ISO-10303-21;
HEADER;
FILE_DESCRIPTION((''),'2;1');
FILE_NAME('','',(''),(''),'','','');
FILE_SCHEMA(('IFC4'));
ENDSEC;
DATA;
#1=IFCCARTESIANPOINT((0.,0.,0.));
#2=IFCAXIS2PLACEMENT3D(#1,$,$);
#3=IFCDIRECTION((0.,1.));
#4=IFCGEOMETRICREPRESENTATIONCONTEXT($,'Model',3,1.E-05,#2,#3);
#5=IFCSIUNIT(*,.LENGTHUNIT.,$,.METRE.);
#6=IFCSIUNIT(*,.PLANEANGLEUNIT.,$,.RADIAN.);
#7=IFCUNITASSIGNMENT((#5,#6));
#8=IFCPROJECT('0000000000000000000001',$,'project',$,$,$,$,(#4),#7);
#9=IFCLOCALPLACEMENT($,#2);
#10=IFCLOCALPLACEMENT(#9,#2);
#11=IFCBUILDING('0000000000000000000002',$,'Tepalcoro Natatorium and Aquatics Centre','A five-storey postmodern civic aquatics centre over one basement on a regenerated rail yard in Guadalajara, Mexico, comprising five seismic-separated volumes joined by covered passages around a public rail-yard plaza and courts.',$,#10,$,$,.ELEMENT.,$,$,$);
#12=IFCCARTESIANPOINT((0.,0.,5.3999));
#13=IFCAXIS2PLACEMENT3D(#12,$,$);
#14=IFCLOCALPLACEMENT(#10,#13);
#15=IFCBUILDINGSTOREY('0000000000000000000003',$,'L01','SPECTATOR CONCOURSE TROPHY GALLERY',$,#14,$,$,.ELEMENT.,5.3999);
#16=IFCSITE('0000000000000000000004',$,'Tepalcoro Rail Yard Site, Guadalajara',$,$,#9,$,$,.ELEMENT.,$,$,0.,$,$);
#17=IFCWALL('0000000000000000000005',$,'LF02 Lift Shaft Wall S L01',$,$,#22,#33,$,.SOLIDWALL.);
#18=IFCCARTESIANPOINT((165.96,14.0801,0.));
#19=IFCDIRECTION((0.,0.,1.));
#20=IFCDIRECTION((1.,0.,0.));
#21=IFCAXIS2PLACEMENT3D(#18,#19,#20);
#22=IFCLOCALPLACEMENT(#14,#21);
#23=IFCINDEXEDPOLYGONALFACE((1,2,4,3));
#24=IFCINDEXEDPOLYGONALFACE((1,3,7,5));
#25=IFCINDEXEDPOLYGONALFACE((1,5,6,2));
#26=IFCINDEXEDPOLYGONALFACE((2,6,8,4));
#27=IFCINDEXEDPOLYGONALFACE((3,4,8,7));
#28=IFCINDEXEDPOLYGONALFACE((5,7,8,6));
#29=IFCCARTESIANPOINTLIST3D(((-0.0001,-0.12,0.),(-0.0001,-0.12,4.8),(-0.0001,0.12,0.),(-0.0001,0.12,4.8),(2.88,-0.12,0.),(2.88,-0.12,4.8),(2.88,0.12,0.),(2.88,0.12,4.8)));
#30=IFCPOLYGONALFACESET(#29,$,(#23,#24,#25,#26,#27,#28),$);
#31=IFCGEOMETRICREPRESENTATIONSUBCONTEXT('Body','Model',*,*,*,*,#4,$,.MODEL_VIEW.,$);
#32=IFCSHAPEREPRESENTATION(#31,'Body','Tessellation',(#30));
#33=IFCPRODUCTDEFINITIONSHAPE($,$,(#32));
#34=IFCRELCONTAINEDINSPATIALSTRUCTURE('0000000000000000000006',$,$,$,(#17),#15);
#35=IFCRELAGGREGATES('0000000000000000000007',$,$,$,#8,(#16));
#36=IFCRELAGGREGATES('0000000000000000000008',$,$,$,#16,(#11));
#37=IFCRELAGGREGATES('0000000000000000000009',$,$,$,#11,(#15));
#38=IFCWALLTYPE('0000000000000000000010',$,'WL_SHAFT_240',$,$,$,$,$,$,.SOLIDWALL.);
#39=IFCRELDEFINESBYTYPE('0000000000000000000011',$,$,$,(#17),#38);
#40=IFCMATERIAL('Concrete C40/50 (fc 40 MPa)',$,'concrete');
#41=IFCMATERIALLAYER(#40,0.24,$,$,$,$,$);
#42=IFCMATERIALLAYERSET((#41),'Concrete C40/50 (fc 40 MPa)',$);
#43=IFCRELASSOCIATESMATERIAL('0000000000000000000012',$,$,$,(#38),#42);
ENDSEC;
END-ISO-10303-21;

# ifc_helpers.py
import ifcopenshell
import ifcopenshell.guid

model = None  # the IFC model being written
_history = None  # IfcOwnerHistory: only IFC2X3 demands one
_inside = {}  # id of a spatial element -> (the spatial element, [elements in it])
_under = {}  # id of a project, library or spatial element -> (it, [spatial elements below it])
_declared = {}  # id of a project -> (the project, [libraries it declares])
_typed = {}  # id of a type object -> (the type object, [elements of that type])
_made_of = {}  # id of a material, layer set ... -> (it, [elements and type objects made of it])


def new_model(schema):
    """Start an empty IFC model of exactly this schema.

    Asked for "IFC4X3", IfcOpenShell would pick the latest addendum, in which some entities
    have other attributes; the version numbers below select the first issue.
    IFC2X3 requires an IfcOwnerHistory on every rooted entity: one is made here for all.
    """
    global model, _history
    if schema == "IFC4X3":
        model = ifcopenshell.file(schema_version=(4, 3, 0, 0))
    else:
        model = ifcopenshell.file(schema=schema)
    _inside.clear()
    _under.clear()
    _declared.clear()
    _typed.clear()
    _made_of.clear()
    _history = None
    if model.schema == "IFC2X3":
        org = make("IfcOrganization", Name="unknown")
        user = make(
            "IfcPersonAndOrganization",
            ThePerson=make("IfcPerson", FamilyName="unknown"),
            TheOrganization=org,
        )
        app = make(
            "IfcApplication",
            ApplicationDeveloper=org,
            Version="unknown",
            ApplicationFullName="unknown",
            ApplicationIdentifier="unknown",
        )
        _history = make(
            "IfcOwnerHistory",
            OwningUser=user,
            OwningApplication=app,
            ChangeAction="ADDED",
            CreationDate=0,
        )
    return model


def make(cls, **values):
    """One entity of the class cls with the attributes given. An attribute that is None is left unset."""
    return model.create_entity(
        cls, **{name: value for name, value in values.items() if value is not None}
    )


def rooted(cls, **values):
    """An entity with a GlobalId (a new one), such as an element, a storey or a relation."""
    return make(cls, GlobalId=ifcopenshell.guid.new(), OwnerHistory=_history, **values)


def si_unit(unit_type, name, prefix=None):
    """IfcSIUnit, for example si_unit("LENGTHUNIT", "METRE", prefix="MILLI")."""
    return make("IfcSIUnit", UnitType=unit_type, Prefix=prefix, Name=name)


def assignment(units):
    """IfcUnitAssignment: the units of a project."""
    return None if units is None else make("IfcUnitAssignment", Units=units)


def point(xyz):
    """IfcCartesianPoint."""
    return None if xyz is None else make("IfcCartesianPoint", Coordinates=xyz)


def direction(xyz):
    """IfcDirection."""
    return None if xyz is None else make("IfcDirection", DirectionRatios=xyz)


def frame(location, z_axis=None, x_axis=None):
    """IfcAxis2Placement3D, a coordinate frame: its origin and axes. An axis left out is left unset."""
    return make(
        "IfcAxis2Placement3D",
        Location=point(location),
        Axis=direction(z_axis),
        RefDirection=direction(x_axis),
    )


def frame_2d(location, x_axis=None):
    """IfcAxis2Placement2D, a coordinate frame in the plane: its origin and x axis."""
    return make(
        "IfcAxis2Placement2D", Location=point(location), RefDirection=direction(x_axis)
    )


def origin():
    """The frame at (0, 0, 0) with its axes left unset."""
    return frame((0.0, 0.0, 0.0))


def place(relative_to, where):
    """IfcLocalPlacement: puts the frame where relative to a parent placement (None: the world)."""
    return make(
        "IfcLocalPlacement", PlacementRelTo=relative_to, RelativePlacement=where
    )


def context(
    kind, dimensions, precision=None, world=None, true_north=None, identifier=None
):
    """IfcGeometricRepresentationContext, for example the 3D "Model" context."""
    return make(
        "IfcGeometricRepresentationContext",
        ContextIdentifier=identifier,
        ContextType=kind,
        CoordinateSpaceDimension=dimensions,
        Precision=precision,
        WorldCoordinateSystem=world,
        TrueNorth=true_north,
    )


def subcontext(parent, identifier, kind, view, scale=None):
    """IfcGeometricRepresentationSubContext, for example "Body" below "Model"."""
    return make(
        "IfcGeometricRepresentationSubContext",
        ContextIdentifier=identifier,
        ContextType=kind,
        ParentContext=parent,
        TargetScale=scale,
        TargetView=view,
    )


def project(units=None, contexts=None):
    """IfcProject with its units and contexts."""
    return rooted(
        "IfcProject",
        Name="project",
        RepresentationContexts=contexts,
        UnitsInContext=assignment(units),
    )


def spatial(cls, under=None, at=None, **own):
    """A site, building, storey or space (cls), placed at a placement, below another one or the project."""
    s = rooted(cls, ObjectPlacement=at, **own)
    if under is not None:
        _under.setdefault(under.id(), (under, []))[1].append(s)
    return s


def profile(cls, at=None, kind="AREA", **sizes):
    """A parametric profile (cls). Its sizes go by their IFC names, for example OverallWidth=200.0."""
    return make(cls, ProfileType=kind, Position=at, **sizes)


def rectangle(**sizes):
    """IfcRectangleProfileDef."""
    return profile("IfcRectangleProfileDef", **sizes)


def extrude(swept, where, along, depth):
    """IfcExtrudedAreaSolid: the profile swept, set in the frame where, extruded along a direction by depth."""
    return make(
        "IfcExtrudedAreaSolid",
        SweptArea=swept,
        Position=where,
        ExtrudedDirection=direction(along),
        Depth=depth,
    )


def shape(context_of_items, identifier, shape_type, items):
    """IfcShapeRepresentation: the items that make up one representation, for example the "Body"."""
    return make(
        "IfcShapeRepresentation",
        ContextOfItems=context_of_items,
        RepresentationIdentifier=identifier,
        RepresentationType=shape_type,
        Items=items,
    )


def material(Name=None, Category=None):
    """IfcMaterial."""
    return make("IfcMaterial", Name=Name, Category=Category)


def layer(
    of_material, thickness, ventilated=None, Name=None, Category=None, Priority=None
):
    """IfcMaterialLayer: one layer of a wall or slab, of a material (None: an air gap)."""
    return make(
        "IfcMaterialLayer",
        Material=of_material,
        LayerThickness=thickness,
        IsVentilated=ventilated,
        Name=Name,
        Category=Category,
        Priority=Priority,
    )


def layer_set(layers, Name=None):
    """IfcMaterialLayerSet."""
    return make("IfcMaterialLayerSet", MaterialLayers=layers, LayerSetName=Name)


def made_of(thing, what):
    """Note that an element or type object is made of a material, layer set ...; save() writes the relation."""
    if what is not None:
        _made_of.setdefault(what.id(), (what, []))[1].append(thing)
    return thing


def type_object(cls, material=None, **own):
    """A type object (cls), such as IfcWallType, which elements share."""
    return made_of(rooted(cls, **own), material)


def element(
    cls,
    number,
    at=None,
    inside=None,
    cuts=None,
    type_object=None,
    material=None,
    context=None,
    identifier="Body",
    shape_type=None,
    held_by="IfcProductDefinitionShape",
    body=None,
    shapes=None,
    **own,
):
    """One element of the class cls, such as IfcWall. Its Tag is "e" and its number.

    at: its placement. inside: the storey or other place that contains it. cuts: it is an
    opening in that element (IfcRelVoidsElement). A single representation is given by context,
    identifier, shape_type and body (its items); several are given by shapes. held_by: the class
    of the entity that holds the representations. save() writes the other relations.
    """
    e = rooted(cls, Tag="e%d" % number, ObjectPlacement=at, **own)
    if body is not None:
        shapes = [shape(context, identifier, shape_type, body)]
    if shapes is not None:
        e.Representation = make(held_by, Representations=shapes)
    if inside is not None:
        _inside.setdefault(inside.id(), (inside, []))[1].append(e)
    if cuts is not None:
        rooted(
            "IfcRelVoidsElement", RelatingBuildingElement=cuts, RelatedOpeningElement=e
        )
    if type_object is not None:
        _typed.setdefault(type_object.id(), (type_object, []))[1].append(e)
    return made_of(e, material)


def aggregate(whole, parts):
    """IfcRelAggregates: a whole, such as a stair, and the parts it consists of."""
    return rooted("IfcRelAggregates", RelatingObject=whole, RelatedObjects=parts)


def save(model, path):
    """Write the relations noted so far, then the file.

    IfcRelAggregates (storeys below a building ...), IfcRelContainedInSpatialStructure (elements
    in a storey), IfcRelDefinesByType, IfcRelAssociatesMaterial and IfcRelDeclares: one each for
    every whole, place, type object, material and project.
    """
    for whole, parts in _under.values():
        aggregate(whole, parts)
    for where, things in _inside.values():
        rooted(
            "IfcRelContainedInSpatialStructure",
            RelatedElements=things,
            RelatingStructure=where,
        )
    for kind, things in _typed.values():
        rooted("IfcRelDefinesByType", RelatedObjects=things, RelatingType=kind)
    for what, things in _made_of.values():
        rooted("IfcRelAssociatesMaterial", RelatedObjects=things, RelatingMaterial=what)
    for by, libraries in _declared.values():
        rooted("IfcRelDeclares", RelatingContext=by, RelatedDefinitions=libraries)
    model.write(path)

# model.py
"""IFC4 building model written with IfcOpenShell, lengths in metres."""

from ifc_helpers import new_model, si_unit, direction, frame, frame_2d, origin, place, context, subcontext, project, spatial, rectangle, extrude, material, layer, layer_set, type_object, element, save


model = new_model("IFC4")

# Units and contexts
model_context = context("Model", 3, precision=1e-05, world=origin(), true_north=direction((0.0, 1.0)))
body_context = subcontext(model_context, "Body", "Model", "MODEL_VIEW")
ifc_project = project(units=[si_unit("LENGTHUNIT", "METRE"), si_unit("PLANEANGLEUNIT", "RADIAN")], contexts=[model_context])

# Site, building, storey
site_placement = place(None, origin())
site = spatial("IfcSite", under=ifc_project, at=site_placement, Name="Tepalcoro Rail Yard Site, Guadalajara", CompositionType="ELEMENT", RefElevation=0.0)
building_placement = place(site_placement, origin())
building = spatial("IfcBuilding", under=site, at=building_placement, Name="Tepalcoro Natatorium and Aquatics Centre", Description="A five-storey postmodern civic aquatics centre over one basement on a regenerated rail yard in Guadalajara, Mexico, comprising five seismic-separated volumes joined by covered passages around a public rail-yard plaza and courts.", CompositionType="ELEMENT")
storey_placement = place(building_placement, frame((0.0, 0.0, 5.3999)))
storey = spatial("IfcBuildingStorey", under=building, at=storey_placement, Name="L01", Description="SPECTATOR CONCOURSE TROPHY GALLERY", CompositionType="ELEMENT", Elevation=5.3999)

# Shared definitions
ifc_material_1 = material(Name="Concrete C40/50 (fc 40 MPa)", Category="concrete")

# Wall
ifc_layer_1 = layer(ifc_material_1, 0.24)
ifc_layer_set_1 = layer_set([ifc_layer_1], Name="Concrete C40/50 (fc 40 MPa)")
wall_type_1 = type_object("IfcWallType", Name="WL_SHAFT_240", PredefinedType="SOLIDWALL", material=ifc_layer_set_1)
wall_1_placement = place(storey_placement, frame((165.96, 14.0801, 0.0), z_axis=(0.0, 0.0, 1.0), x_axis=(1.0, 0.0, 0.0)))
element("IfcWall", 1, at=wall_1_placement, inside=storey, type_object=wall_type_1, Name="LF02 Lift Shaft Wall S L01", PredefinedType="SOLIDWALL", context=body_context, shape_type="SweptSolid", body=[
    extrude(rectangle(XDim=2.8801, YDim=0.24, at=frame_2d((1.4399, 0.0))), origin(), (0.0, 0.0, 1.0), 4.8),
])

save(model, "model.ifc")
